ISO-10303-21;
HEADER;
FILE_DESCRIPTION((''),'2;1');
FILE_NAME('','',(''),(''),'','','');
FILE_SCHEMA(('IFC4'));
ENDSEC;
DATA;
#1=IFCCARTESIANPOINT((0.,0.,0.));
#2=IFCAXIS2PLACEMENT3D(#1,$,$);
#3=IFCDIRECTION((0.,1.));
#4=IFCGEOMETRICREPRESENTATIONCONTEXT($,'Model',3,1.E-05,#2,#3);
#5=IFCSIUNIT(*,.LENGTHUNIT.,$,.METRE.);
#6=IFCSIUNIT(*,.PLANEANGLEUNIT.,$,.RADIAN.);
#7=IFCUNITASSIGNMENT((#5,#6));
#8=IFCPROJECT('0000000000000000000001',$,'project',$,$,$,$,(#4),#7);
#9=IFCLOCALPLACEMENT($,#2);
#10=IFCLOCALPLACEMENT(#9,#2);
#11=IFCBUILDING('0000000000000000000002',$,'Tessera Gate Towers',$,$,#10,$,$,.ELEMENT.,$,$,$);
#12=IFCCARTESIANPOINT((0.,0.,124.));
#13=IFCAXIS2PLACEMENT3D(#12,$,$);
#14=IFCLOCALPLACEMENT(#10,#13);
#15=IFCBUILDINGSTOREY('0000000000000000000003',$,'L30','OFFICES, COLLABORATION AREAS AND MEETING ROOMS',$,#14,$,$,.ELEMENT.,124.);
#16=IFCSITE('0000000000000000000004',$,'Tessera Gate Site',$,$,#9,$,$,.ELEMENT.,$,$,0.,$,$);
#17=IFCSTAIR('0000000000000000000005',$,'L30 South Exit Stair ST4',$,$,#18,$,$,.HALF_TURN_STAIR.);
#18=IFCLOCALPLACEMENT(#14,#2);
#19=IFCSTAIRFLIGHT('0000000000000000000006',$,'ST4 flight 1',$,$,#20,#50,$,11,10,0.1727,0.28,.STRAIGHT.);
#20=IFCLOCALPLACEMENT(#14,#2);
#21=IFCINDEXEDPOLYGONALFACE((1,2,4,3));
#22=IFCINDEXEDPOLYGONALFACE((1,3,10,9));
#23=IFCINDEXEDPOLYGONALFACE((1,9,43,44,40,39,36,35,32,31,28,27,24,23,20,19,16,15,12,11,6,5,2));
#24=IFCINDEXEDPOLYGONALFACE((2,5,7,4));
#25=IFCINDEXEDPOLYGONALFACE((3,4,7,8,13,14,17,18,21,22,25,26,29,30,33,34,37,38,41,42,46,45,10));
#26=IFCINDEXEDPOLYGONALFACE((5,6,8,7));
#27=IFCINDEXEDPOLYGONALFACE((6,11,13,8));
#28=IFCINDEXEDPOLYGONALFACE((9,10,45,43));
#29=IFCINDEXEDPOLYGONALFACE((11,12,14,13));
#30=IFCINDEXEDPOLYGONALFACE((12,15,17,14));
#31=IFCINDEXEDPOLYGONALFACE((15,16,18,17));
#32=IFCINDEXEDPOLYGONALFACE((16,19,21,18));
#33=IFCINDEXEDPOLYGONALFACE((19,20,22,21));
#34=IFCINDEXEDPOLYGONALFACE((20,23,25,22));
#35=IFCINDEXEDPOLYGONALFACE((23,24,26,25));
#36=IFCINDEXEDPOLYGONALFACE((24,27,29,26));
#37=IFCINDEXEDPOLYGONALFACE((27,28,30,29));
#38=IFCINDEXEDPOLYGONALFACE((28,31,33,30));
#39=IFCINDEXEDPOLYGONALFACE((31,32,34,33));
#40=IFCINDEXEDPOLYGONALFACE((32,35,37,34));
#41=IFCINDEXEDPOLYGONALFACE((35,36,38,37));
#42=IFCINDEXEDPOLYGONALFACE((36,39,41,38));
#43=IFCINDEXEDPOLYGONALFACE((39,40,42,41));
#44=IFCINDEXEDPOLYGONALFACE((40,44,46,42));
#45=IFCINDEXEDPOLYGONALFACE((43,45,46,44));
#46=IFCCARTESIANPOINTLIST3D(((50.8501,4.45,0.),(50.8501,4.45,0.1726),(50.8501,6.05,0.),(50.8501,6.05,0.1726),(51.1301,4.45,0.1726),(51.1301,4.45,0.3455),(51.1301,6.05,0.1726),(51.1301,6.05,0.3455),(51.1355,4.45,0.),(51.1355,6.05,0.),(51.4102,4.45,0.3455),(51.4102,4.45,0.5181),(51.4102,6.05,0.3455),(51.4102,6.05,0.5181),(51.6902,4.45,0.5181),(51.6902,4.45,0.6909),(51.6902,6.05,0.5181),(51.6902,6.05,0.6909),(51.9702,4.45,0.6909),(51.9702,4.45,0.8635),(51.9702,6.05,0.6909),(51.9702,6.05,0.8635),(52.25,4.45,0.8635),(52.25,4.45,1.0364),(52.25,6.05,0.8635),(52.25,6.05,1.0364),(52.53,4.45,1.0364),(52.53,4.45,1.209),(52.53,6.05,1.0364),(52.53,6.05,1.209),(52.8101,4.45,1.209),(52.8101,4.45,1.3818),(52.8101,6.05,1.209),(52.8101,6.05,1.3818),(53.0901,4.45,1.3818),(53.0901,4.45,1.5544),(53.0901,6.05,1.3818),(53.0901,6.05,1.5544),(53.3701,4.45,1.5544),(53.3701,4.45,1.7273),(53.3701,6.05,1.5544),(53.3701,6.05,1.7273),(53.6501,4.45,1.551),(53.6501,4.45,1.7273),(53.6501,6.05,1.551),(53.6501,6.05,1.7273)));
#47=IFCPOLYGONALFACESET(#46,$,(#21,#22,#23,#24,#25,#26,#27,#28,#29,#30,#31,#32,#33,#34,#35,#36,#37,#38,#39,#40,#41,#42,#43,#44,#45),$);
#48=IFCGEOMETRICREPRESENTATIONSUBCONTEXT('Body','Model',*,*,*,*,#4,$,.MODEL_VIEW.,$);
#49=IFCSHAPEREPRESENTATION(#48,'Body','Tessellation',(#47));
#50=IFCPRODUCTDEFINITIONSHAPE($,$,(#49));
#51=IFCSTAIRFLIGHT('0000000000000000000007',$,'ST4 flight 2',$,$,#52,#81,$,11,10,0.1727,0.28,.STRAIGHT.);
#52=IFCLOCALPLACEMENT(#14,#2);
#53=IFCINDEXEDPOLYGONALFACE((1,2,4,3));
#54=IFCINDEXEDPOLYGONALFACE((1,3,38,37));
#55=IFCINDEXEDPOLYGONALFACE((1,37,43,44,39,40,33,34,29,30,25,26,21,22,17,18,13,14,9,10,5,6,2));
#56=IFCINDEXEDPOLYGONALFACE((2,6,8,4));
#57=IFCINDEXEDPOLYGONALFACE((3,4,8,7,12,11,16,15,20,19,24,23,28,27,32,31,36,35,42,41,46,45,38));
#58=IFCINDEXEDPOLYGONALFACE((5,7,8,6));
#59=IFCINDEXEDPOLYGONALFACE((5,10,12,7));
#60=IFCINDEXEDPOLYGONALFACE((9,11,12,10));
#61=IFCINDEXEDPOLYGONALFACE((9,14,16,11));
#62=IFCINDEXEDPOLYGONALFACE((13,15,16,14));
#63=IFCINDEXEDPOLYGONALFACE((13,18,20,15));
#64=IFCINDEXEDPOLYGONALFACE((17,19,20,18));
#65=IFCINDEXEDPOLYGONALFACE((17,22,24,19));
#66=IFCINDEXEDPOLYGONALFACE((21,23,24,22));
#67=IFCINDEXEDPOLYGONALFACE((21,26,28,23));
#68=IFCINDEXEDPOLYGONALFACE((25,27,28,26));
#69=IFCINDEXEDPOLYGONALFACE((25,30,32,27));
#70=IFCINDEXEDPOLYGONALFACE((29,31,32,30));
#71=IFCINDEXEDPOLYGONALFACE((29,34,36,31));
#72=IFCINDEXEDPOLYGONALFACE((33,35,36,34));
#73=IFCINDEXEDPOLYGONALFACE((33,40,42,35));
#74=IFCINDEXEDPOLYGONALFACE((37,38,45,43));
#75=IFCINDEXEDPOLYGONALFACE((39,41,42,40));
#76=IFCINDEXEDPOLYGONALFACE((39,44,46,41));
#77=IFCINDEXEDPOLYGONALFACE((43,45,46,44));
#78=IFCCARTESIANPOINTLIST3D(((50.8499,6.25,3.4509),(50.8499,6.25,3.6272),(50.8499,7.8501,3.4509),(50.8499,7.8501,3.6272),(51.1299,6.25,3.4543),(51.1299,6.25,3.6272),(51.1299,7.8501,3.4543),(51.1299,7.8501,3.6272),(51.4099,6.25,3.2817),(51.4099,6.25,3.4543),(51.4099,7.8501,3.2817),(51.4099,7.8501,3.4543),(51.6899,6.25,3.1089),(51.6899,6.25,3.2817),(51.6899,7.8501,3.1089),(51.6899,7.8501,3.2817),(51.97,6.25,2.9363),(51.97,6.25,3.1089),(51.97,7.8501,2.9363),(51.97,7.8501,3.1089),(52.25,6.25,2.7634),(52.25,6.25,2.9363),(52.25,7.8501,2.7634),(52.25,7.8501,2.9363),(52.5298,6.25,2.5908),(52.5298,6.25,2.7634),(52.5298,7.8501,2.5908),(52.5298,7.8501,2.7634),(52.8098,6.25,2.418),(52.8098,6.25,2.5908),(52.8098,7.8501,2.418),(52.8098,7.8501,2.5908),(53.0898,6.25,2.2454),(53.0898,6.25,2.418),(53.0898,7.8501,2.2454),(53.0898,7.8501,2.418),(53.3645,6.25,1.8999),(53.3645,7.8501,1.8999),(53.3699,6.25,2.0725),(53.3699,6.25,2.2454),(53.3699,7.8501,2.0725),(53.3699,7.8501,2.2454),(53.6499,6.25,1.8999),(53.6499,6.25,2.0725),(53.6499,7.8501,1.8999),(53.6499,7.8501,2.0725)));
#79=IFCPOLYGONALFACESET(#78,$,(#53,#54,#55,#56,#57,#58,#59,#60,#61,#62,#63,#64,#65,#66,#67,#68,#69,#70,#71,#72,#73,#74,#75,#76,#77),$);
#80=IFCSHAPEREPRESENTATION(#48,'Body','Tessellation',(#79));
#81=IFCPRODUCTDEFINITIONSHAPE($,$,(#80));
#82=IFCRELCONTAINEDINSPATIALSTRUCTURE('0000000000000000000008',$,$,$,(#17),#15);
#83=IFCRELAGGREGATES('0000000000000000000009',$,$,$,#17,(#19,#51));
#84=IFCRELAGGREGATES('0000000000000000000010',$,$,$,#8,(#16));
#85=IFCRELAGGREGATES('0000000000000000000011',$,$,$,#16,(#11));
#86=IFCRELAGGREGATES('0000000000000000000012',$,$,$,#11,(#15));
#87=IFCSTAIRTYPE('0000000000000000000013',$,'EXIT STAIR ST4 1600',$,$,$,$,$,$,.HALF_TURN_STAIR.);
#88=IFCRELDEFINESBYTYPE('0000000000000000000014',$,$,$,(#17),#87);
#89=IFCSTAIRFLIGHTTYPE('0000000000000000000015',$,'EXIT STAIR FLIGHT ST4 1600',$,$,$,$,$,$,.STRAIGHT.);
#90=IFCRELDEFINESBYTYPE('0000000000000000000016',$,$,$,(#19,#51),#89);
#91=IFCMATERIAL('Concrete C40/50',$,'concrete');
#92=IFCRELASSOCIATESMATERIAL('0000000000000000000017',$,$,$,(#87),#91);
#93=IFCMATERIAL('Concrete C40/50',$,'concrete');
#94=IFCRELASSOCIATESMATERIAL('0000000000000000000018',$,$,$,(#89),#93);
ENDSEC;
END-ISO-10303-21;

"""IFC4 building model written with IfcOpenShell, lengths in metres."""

from ifc_helpers import new_model, si_unit, direction, frame, origin, place, context, subcontext, project, spatial, polyline, outline, extrude, material, type_object, element, aggregate, save


model = new_model("IFC4")

# Units and contexts
model_context = context("Model", 3, precision=1e-05, world=origin(), true_north=direction((0.0, 1.0)))
body_context = subcontext(model_context, "Body", "Model", "MODEL_VIEW")
ifc_project = project(units=[si_unit("LENGTHUNIT", "METRE"), si_unit("PLANEANGLEUNIT", "RADIAN")], contexts=[model_context])

# Site, building, storey
site_placement = place(None, origin())
site = spatial("IfcSite", under=ifc_project, at=site_placement, Name="Tessera Gate Site", CompositionType="ELEMENT", RefElevation=0.0)
building_placement = place(site_placement, origin())
building = spatial("IfcBuilding", under=site, at=building_placement, Name="Tessera Gate Towers", CompositionType="ELEMENT")
storey_placement = place(building_placement, frame((0.0, 0.0, 124.0)))
storey = spatial("IfcBuildingStorey", under=building, at=storey_placement, Name="L30", Description="OFFICES, COLLABORATION AREAS AND MEETING ROOMS", CompositionType="ELEMENT", Elevation=124.0)

# Stair, stair flights
ifc_material_1 = material(Name="Concrete C40/50", Category="concrete")
stair_type = type_object("IfcStairType", Name="EXIT STAIR ST4 1600", PredefinedType="HALF_TURN_STAIR", material=ifc_material_1)
stair_placement = place(storey_placement, origin())
stair = element("IfcStair", 1, at=stair_placement, inside=storey, type_object=stair_type, Name="L30 South Exit Stair ST4", PredefinedType="HALF_TURN_STAIR")
ifc_material_2 = material(Name="Concrete C40/50", Category="concrete")
stair_flight_type = type_object("IfcStairFlightType", Name="EXIT STAIR FLIGHT ST4 1600", PredefinedType="STRAIGHT", material=ifc_material_2)
stair_flight_1_placement = place(storey_placement, frame((50.8501, 5.25, 0.0), z_axis=(0.0, 0.0, 1.0), x_axis=(1.0, 0.0, 0.0)))
stair_flight_1 = element("IfcStairFlight", 2, at=stair_flight_1_placement, type_object=stair_flight_type, Name="ST4 flight 1", NumberOfRisers=11, NumberOfTreads=10, PredefinedType="STRAIGHT", RiserHeight=0.1727, TreadLength=0.28, context=body_context, shape_type="SweptSolid", body=[
    extrude(outline(polyline([(0.0, 0.0), (0.0, 0.1726), (0.28, 0.1726), (0.28, 0.3455), (0.5601, 0.3455), (0.5601, 0.5181), (0.8401, 0.5181), (0.8401, 0.6909), (1.1201, 0.6909), (1.1201, 0.8635), (1.3999, 0.8635), (1.3999, 1.0364), (1.6799, 1.0364), (1.6799, 1.209), (1.96, 1.209), (1.96, 1.3818), (2.24, 1.3818), (2.24, 1.5544), (2.52, 1.5544), (2.52, 1.7273), (2.8, 1.7273), (2.8, 1.8999), (2.8, 1.551), (0.2854, 0.0), (0.0, 0.0)])), frame((0.0, 0.8, 0.0), z_axis=(0.0, -1.0, 0.0), x_axis=(1.0, 0.0, 0.0)), (0.0, 0.0, 1.0), 1.6001),
])
stair_flight_2_placement = place(storey_placement, frame((53.6499, 7.05, 1.8999), z_axis=(0.0, 0.0, 1.0), x_axis=(-1.0, 0.0, 0.0)))
stair_flight_2 = element("IfcStairFlight", 3, at=stair_flight_2_placement, type_object=stair_flight_type, Name="ST4 flight 2", NumberOfRisers=11, NumberOfTreads=10, PredefinedType="STRAIGHT", RiserHeight=0.1727, TreadLength=0.28, context=body_context, shape_type="SweptSolid", body=[
    extrude(outline(polyline([(0.0, 0.0), (0.0, 0.1726), (0.28, 0.1726), (0.28, 0.3455), (0.5601, 0.3455), (0.5601, 0.5181), (0.8401, 0.5181), (0.8401, 0.6909), (1.1201, 0.6909), (1.1201, 0.8635), (1.3999, 0.8635), (1.3999, 1.0364), (1.6799, 1.0364), (1.6799, 1.209), (1.96, 1.209), (1.96, 1.3818), (2.24, 1.3818), (2.24, 1.5544), (2.52, 1.5544), (2.52, 1.7273), (2.8, 1.7273), (2.8, 1.8999), (2.8, 1.551), (0.2854, 0.0), (0.0, 0.0)])), frame((0.0, 0.8, 0.0), z_axis=(0.0, -1.0, 0.0), x_axis=(1.0, 0.0, 0.0)), (0.0, 0.0, 1.0), 1.6001),
])
aggregate(stair, [stair_flight_1, stair_flight_2])

save(model, "model.ifc")
